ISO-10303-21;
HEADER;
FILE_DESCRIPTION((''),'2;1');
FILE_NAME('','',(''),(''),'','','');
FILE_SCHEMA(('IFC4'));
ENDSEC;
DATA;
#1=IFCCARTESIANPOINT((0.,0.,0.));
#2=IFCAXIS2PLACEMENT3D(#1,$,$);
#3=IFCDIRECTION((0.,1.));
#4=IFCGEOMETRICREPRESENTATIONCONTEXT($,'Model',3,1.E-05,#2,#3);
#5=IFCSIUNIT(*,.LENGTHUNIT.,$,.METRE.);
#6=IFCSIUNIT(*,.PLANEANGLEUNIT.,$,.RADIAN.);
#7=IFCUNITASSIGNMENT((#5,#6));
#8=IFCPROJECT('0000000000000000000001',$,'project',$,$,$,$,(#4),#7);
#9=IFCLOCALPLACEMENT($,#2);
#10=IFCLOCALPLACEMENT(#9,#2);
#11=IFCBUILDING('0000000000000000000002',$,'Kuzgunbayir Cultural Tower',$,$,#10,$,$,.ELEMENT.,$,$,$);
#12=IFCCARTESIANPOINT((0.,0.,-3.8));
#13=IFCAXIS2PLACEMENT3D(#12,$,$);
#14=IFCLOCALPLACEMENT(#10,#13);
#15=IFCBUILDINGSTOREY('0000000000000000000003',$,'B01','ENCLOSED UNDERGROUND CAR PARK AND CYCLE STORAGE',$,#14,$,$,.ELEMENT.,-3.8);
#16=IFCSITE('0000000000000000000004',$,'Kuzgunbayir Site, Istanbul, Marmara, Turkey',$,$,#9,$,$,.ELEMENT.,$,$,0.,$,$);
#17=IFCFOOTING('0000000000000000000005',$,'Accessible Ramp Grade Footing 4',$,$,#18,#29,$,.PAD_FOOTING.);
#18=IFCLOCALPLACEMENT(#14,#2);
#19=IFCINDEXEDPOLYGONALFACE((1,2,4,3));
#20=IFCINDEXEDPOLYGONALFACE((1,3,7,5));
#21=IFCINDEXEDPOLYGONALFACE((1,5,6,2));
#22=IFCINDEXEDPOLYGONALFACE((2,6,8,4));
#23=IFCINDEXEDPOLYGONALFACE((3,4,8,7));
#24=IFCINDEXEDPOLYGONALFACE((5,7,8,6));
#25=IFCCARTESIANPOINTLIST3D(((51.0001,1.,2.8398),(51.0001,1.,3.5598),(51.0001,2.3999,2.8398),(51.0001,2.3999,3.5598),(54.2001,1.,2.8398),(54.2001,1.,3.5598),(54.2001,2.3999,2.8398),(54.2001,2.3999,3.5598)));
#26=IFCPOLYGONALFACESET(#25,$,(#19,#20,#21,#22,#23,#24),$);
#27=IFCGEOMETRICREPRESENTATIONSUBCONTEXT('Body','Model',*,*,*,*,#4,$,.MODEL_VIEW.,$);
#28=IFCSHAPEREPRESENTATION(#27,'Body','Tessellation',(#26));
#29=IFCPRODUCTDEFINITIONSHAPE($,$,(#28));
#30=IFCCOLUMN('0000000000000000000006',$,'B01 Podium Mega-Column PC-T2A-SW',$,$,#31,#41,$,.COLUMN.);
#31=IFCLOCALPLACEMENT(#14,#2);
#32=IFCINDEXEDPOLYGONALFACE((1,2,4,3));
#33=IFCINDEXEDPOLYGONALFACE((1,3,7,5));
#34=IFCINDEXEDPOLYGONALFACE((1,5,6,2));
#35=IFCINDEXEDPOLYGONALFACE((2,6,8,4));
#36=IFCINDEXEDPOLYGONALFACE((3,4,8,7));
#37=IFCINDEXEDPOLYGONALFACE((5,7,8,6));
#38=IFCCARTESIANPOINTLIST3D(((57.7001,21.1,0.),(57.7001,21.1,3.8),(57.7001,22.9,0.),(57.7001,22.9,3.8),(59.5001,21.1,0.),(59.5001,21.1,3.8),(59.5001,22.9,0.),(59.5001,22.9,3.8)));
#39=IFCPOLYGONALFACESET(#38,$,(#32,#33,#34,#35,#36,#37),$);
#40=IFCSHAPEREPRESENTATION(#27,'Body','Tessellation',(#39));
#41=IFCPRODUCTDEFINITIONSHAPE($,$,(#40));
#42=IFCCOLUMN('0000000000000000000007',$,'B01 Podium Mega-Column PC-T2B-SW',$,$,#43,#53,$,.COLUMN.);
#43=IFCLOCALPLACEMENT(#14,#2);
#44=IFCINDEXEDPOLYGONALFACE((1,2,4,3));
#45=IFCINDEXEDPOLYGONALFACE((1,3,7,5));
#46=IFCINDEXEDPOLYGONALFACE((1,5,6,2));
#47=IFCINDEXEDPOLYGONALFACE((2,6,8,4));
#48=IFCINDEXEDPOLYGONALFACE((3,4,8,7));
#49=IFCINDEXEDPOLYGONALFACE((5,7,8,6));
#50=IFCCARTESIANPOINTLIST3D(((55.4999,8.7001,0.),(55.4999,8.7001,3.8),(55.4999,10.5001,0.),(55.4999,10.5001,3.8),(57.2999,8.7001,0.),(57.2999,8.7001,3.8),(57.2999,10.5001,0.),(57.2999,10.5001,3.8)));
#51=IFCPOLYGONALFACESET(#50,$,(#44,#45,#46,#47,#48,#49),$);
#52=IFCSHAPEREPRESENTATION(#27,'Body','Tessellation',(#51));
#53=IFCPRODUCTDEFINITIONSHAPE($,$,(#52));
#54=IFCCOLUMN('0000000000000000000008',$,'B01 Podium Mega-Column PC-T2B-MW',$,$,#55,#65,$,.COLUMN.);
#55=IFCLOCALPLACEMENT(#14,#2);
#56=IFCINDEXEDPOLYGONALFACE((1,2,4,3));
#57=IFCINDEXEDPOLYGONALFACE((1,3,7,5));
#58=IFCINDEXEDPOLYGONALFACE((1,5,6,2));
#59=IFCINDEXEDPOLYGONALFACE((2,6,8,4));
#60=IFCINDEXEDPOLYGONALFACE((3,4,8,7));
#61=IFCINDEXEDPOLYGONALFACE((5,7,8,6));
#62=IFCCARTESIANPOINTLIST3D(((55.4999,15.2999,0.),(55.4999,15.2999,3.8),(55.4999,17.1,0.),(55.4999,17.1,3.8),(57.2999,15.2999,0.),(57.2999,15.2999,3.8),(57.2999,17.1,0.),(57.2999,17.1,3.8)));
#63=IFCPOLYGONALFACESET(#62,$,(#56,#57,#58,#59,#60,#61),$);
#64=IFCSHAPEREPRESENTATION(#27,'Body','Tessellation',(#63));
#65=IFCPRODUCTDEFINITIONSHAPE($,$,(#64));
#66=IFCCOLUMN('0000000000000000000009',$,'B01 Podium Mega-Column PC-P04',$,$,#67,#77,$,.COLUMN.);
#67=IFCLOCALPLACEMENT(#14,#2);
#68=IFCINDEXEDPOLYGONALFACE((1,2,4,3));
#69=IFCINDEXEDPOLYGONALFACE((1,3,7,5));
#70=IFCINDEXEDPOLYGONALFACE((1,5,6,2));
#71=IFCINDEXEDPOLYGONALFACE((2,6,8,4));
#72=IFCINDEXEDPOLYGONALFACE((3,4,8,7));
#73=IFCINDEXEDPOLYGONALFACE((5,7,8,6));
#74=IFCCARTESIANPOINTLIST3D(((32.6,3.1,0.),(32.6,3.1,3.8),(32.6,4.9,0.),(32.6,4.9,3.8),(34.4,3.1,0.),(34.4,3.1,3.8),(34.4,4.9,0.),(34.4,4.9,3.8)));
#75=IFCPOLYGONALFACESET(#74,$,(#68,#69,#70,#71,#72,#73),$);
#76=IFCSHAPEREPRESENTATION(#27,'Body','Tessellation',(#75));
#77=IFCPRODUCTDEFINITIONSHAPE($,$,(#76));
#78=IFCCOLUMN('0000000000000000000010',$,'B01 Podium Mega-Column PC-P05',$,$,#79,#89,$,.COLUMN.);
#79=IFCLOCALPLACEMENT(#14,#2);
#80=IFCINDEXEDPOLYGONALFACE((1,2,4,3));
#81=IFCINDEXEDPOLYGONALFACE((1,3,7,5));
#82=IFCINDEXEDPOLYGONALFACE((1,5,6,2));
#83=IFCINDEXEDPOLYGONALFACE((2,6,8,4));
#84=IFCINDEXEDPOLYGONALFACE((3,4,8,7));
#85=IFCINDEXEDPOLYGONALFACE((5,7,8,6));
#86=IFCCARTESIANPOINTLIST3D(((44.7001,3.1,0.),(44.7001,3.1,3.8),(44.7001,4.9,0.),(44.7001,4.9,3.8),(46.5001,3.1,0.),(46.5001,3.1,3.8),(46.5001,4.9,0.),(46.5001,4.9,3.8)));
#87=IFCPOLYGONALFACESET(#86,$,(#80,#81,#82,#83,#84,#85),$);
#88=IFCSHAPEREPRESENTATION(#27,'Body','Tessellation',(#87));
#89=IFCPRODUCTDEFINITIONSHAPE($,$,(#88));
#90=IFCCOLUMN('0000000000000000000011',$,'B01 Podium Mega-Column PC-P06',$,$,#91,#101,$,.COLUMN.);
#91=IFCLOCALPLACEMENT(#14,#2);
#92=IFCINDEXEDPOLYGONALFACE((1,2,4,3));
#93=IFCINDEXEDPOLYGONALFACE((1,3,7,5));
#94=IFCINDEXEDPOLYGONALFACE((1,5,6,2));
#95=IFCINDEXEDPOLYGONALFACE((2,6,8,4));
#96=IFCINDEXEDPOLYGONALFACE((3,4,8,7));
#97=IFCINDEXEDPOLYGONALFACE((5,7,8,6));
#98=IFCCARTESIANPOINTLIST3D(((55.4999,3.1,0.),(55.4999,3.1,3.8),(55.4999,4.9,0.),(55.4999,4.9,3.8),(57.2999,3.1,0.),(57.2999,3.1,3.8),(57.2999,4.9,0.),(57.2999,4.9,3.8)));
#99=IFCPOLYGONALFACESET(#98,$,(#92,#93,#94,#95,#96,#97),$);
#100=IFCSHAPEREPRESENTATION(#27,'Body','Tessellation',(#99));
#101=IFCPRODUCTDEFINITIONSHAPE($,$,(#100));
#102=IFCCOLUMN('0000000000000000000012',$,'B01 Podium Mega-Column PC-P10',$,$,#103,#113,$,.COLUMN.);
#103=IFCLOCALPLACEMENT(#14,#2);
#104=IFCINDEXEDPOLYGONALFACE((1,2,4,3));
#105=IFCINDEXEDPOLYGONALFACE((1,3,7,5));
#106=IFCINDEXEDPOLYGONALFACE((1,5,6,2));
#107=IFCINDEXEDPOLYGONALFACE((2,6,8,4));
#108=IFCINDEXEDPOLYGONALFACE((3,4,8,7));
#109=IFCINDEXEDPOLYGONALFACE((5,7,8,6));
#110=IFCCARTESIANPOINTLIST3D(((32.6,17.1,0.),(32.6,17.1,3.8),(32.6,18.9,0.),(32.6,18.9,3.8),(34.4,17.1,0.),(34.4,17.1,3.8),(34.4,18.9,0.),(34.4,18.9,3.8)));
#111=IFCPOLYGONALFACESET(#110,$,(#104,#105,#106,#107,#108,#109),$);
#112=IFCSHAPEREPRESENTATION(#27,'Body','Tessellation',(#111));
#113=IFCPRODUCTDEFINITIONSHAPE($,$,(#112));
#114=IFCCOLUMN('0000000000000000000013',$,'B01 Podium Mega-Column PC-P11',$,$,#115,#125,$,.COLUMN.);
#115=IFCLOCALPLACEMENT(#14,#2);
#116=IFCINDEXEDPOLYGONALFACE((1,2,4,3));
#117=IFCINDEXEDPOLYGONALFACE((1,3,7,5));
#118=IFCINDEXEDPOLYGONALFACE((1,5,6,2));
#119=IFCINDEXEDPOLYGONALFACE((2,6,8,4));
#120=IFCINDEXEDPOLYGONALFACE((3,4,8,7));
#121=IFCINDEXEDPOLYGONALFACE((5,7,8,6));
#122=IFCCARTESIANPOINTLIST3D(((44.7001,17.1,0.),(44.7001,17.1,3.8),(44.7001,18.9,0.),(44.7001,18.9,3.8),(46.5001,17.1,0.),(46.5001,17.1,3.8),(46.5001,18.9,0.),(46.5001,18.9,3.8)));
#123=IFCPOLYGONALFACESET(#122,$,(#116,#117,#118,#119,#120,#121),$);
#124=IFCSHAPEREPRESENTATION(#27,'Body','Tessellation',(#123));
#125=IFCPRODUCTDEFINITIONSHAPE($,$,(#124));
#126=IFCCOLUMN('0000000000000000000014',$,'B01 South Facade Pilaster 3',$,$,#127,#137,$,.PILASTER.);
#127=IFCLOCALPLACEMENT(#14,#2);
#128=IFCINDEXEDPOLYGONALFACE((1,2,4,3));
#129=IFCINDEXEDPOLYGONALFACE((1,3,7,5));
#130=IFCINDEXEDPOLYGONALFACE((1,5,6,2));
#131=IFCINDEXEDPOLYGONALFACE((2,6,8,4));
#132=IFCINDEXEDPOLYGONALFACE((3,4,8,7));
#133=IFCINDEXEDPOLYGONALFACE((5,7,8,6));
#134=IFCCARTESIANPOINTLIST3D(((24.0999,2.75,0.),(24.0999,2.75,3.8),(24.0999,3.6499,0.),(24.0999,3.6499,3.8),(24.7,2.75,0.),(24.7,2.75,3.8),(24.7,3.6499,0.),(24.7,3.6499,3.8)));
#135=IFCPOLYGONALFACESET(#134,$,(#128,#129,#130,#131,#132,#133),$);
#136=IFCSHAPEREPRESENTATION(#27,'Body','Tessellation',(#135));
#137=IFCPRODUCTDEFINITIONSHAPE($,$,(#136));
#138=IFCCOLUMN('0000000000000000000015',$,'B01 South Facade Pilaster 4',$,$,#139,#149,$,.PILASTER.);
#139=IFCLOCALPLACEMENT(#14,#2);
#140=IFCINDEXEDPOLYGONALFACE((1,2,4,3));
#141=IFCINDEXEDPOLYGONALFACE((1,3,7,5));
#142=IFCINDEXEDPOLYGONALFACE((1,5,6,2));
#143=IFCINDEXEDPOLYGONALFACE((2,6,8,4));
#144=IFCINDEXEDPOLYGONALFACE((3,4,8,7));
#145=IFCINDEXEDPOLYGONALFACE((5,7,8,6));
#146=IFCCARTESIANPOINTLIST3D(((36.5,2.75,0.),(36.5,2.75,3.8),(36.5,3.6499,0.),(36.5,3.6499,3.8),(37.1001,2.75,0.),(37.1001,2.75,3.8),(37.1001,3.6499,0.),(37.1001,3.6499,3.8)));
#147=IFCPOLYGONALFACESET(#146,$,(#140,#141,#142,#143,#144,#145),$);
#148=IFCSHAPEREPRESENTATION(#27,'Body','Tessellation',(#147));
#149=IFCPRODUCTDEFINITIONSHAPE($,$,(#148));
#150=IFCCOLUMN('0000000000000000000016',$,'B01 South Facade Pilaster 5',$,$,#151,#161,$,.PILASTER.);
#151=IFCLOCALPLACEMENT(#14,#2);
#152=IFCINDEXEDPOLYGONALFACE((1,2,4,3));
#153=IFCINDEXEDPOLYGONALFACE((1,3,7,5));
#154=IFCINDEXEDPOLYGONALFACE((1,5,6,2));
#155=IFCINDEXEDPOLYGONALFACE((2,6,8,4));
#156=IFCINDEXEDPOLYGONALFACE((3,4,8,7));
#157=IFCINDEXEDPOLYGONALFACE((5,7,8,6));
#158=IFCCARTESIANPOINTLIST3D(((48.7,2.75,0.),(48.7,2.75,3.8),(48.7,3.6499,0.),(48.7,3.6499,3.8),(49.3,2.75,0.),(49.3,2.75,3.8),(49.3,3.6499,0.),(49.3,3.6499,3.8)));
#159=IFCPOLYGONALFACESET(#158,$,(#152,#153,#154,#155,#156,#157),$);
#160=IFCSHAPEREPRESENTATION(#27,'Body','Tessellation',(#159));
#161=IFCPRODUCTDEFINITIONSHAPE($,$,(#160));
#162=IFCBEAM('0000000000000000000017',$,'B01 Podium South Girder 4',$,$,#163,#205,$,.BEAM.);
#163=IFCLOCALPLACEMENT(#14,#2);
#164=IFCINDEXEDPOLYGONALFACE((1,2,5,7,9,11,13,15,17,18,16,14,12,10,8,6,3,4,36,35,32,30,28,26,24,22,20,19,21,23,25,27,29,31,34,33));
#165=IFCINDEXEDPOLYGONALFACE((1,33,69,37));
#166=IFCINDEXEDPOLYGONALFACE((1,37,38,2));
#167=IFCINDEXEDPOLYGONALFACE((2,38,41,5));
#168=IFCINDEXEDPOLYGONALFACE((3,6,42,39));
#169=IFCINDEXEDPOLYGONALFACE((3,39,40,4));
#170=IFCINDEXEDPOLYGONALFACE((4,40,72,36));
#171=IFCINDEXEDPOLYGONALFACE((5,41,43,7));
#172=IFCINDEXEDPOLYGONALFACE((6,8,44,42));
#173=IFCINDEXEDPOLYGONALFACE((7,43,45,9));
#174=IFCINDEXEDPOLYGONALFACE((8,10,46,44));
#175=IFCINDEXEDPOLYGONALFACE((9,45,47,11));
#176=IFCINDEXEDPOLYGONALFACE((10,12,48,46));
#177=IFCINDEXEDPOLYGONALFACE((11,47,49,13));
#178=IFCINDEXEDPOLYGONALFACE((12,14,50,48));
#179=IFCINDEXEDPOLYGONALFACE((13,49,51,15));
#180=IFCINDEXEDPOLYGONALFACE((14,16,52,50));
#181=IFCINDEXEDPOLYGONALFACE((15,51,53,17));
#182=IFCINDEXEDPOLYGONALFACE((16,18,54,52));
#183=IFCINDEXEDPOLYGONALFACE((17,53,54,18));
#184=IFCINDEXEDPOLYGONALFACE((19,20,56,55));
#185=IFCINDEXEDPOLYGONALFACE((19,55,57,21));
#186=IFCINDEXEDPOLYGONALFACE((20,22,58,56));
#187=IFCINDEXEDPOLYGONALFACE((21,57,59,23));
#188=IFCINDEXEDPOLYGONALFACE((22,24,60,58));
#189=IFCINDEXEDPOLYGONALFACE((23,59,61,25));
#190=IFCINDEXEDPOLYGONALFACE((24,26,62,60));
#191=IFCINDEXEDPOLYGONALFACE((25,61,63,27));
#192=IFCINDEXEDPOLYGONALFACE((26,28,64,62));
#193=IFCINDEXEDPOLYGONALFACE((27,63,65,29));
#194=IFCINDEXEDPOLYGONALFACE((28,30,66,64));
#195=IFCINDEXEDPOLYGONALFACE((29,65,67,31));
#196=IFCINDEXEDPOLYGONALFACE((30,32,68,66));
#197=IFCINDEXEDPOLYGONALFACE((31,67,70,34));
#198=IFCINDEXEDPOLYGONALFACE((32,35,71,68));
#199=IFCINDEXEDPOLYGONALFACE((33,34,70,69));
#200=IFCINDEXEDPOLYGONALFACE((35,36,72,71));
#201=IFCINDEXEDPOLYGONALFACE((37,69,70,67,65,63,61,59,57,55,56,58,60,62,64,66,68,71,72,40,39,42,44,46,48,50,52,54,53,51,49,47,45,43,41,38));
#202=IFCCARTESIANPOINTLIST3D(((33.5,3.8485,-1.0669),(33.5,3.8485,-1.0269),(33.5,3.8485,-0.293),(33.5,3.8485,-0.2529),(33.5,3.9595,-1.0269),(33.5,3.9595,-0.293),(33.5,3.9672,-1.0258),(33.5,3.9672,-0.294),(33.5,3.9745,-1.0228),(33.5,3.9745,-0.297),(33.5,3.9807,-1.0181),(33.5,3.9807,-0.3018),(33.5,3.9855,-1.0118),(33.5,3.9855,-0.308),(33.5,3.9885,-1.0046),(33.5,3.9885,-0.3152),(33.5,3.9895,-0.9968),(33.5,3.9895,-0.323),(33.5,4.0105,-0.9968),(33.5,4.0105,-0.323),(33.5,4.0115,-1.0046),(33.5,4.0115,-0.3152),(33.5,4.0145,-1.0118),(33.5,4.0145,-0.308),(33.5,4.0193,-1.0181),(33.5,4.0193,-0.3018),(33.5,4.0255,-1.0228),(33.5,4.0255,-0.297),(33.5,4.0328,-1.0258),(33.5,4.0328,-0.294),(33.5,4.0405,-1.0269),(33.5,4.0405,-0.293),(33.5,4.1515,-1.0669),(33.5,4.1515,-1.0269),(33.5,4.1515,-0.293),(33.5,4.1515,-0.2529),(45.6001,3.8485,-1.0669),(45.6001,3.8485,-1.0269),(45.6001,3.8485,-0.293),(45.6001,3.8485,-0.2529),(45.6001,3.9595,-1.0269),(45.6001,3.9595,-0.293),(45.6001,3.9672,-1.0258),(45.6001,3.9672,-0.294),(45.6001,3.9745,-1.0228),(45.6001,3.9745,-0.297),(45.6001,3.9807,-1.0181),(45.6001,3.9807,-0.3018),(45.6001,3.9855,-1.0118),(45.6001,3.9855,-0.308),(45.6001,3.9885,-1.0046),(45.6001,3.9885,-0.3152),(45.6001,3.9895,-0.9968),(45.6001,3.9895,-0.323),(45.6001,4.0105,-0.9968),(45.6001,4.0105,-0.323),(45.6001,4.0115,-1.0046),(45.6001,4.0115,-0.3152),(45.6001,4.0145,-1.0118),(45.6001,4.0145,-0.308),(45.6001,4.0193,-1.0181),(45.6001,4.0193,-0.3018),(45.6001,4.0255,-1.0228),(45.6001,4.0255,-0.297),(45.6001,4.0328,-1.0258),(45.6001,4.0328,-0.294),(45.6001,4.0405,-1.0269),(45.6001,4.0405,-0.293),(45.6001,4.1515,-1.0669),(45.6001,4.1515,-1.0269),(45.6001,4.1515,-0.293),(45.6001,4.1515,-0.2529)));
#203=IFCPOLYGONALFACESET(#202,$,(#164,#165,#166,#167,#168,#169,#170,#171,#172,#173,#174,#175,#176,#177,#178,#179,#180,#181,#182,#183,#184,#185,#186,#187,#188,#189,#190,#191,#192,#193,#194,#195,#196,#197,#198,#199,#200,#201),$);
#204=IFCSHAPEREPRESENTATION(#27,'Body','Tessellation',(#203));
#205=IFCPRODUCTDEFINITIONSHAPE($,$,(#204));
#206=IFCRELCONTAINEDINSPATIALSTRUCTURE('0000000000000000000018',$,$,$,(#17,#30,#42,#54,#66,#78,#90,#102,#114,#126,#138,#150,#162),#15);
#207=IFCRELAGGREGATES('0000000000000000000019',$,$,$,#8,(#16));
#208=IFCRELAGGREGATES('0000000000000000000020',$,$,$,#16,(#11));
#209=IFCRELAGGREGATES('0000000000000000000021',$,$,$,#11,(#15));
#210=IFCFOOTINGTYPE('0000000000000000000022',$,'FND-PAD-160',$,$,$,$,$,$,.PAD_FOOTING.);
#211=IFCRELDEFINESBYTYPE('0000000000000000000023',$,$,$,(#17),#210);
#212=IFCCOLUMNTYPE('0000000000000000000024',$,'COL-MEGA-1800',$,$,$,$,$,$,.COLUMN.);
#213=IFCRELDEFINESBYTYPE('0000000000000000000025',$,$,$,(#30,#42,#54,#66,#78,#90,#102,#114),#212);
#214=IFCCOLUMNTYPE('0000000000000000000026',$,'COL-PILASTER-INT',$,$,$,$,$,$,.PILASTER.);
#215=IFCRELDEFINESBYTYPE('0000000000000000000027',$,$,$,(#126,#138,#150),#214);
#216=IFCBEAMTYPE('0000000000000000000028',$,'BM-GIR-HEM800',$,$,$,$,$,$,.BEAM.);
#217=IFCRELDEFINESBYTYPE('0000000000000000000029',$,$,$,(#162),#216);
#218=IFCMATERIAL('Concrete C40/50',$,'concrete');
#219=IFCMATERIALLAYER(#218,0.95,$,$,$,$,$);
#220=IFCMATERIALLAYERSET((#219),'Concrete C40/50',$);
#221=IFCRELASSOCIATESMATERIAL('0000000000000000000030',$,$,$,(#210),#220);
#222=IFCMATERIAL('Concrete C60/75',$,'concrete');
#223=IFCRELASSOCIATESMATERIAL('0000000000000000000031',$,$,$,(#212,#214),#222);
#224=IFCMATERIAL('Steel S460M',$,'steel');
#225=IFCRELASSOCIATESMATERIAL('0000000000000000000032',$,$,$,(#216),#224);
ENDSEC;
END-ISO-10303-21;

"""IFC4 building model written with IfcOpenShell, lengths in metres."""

from ifc_helpers import new_model, si_unit, direction, frame, origin, origin_2d, place, context, subcontext, project, spatial, rectangle, i_section, extrude, material, layer, layer_set, material_profile, profile_set, type_object, element, save


model = new_model("IFC4")

# Units and contexts
model_context = context("Model", 3, precision=1e-05, world=origin(), true_north=direction((0.0, 1.0)))
body_context = subcontext(model_context, "Body", "Model", "MODEL_VIEW")
ifc_project = project(units=[si_unit("LENGTHUNIT", "METRE"), si_unit("PLANEANGLEUNIT", "RADIAN")], contexts=[model_context])

# Site, building, storey
site_placement = place(None, origin())
site = spatial("IfcSite", under=ifc_project, at=site_placement, Name="Kuzgunbayir Site, Istanbul, Marmara, Turkey", CompositionType="ELEMENT", RefElevation=0.0)
building_placement = place(site_placement, origin())
building = spatial("IfcBuilding", under=site, at=building_placement, Name="Kuzgunbayir Cultural Tower", CompositionType="ELEMENT")
storey_placement = place(building_placement, frame((0.0, 0.0, -3.8)))
storey = spatial("IfcBuildingStorey", under=building, at=storey_placement, Name="B01", Description="ENCLOSED UNDERGROUND CAR PARK AND CYCLE STORAGE", CompositionType="ELEMENT", Elevation=-3.8)

# Footing
ifc_material_1 = material(Name="Concrete C40/50", Category="concrete")
ifc_layer_1 = layer(ifc_material_1, 0.95)
ifc_layer_set_1 = layer_set([ifc_layer_1], Name="Concrete C40/50")
footing_type = type_object("IfcFootingType", Name="FND-PAD-160", PredefinedType="PAD_FOOTING", material=ifc_layer_set_1)
footing_placement = place(storey_placement, frame((52.6001, 1.7, 2.8398), z_axis=(0.0, 0.0, 1.0), x_axis=(1.0, 0.0, 0.0)))
element("IfcFooting", 1, at=footing_placement, inside=storey, type_object=footing_type, Name="Accessible Ramp Grade Footing 4", PredefinedType="PAD_FOOTING", context=body_context, shape_type="SweptSolid", body=[
    extrude(rectangle(XDim=3.2, YDim=1.3999, at=origin_2d()), origin(), (0.0, 0.0, 1.0), 0.72),
])

# Columns
ifc_material_2 = material(Name="Concrete C60/75", Category="concrete")
ifc_material_profile_1 = material_profile(ifc_material_2, rectangle(XDim=1.8, YDim=1.8, at=origin_2d()), Name="RC 1800x1800")
ifc_profile_set_1 = profile_set([ifc_material_profile_1], Name="Concrete C60/75")
column_type_1 = type_object("IfcColumnType", Name="COL-MEGA-1800", PredefinedType="COLUMN", material=ifc_profile_set_1)
for number, where, z_axis, x_axis, name in (
    (2, (58.6001, 22.0, 0.0), (0.0, 0.0, 1.0), (1.0, 0.0, 0.0), "B01 Podium Mega-Column PC-T2A-SW"),
    (3, (56.3999, 9.6001, 0.0), (0.0, 0.0, 1.0), (1.0, 0.0, 0.0), "B01 Podium Mega-Column PC-T2B-SW"),
    (4, (56.3999, 16.2, 0.0), (0.0, 0.0, 1.0), (1.0, 0.0, 0.0), "B01 Podium Mega-Column PC-T2B-MW"),
    (5, (33.5, 4.0, 0.0), (0.0, 0.0, 1.0), (1.0, 0.0, 0.0), "B01 Podium Mega-Column PC-P04"),
    (6, (45.6001, 4.0, 0.0), (0.0, 0.0, 1.0), (1.0, 0.0, 0.0), "B01 Podium Mega-Column PC-P05"),
    (7, (56.3999, 4.0, 0.0), (0.0, 0.0, 1.0), (1.0, 0.0, 0.0), "B01 Podium Mega-Column PC-P06"),
    (8, (33.5, 18.0, 0.0), (0.0, 0.0, 1.0), (1.0, 0.0, 0.0), "B01 Podium Mega-Column PC-P10"),
    (9, (45.6001, 18.0, 0.0), (0.0, 0.0, 1.0), (1.0, 0.0, 0.0), "B01 Podium Mega-Column PC-P11"),
):
    element("IfcColumn", number, at=place(storey_placement, frame(where, z_axis=z_axis, x_axis=x_axis)), inside=storey, type_object=column_type_1, Name=name, PredefinedType="COLUMN", context=body_context, shape_type="SweptSolid", body=[
        extrude(rectangle(XDim=1.8, YDim=1.8, at=origin_2d()), origin(), (0.0, 0.0, 1.0), 3.8),
    ])
ifc_material_profile_2 = material_profile(ifc_material_2, rectangle(XDim=0.6001, YDim=0.8999, at=origin_2d()), Name="RC 600x900")
ifc_profile_set_2 = profile_set([ifc_material_profile_2], Name="Concrete C60/75")
column_type_2 = type_object("IfcColumnType", Name="COL-PILASTER-INT", PredefinedType="PILASTER", material=ifc_profile_set_2)
for number, where, z_axis, x_axis, name in (
    (10, (24.3999, 3.2, 0.0), (0.0, 0.0, 1.0), (1.0, 0.0, 0.0), "B01 South Facade Pilaster 3"),
    (11, (36.8, 3.2, 0.0), (0.0, 0.0, 1.0), (1.0, 0.0, 0.0), "B01 South Facade Pilaster 4"),
    (12, (49.0, 3.2, 0.0), (0.0, 0.0, 1.0), (1.0, 0.0, 0.0), "B01 South Facade Pilaster 5"),
):
    element("IfcColumn", number, at=place(storey_placement, frame(where, z_axis=z_axis, x_axis=x_axis)), inside=storey, type_object=column_type_2, Name=name, PredefinedType="PILASTER", context=body_context, shape_type="SweptSolid", body=[
        extrude(rectangle(XDim=0.6001, YDim=0.8999, at=origin_2d()), origin(), (0.0, 0.0, 1.0), 3.8),
    ])

# Beam
ifc_material_3 = material(Name="Steel S460M", Category="steel")
ifc_material_profile_3 = material_profile(ifc_material_3, i_section(OverallWidth=0.303, OverallDepth=0.814, WebThickness=0.021, FlangeThickness=0.04, FilletRadius=0.03, at=origin_2d()), Name="HEM 800")
ifc_profile_set_3 = profile_set([ifc_material_profile_3], Name="Steel S460M")
beam_type = type_object("IfcBeamType", Name="BM-GIR-HEM800", PredefinedType="BEAM", material=ifc_profile_set_3)
beam_1_placement = place(storey_placement, frame((33.5, 4.0, -0.6599), z_axis=(1.0, 0.0, 0.0), x_axis=(0.0, 1.0, 0.0)))
element("IfcBeam", 13, at=beam_1_placement, inside=storey, type_object=beam_type, Name="B01 Podium South Girder 4", PredefinedType="BEAM", context=body_context, shape_type="SweptSolid", body=[
    extrude(i_section(OverallWidth=0.303, OverallDepth=0.814, WebThickness=0.021, FlangeThickness=0.04, FilletRadius=0.03, at=origin_2d()), origin(), (0.0, 0.0, 1.0), 12.1001),
])

save(model, "model.ifc")
